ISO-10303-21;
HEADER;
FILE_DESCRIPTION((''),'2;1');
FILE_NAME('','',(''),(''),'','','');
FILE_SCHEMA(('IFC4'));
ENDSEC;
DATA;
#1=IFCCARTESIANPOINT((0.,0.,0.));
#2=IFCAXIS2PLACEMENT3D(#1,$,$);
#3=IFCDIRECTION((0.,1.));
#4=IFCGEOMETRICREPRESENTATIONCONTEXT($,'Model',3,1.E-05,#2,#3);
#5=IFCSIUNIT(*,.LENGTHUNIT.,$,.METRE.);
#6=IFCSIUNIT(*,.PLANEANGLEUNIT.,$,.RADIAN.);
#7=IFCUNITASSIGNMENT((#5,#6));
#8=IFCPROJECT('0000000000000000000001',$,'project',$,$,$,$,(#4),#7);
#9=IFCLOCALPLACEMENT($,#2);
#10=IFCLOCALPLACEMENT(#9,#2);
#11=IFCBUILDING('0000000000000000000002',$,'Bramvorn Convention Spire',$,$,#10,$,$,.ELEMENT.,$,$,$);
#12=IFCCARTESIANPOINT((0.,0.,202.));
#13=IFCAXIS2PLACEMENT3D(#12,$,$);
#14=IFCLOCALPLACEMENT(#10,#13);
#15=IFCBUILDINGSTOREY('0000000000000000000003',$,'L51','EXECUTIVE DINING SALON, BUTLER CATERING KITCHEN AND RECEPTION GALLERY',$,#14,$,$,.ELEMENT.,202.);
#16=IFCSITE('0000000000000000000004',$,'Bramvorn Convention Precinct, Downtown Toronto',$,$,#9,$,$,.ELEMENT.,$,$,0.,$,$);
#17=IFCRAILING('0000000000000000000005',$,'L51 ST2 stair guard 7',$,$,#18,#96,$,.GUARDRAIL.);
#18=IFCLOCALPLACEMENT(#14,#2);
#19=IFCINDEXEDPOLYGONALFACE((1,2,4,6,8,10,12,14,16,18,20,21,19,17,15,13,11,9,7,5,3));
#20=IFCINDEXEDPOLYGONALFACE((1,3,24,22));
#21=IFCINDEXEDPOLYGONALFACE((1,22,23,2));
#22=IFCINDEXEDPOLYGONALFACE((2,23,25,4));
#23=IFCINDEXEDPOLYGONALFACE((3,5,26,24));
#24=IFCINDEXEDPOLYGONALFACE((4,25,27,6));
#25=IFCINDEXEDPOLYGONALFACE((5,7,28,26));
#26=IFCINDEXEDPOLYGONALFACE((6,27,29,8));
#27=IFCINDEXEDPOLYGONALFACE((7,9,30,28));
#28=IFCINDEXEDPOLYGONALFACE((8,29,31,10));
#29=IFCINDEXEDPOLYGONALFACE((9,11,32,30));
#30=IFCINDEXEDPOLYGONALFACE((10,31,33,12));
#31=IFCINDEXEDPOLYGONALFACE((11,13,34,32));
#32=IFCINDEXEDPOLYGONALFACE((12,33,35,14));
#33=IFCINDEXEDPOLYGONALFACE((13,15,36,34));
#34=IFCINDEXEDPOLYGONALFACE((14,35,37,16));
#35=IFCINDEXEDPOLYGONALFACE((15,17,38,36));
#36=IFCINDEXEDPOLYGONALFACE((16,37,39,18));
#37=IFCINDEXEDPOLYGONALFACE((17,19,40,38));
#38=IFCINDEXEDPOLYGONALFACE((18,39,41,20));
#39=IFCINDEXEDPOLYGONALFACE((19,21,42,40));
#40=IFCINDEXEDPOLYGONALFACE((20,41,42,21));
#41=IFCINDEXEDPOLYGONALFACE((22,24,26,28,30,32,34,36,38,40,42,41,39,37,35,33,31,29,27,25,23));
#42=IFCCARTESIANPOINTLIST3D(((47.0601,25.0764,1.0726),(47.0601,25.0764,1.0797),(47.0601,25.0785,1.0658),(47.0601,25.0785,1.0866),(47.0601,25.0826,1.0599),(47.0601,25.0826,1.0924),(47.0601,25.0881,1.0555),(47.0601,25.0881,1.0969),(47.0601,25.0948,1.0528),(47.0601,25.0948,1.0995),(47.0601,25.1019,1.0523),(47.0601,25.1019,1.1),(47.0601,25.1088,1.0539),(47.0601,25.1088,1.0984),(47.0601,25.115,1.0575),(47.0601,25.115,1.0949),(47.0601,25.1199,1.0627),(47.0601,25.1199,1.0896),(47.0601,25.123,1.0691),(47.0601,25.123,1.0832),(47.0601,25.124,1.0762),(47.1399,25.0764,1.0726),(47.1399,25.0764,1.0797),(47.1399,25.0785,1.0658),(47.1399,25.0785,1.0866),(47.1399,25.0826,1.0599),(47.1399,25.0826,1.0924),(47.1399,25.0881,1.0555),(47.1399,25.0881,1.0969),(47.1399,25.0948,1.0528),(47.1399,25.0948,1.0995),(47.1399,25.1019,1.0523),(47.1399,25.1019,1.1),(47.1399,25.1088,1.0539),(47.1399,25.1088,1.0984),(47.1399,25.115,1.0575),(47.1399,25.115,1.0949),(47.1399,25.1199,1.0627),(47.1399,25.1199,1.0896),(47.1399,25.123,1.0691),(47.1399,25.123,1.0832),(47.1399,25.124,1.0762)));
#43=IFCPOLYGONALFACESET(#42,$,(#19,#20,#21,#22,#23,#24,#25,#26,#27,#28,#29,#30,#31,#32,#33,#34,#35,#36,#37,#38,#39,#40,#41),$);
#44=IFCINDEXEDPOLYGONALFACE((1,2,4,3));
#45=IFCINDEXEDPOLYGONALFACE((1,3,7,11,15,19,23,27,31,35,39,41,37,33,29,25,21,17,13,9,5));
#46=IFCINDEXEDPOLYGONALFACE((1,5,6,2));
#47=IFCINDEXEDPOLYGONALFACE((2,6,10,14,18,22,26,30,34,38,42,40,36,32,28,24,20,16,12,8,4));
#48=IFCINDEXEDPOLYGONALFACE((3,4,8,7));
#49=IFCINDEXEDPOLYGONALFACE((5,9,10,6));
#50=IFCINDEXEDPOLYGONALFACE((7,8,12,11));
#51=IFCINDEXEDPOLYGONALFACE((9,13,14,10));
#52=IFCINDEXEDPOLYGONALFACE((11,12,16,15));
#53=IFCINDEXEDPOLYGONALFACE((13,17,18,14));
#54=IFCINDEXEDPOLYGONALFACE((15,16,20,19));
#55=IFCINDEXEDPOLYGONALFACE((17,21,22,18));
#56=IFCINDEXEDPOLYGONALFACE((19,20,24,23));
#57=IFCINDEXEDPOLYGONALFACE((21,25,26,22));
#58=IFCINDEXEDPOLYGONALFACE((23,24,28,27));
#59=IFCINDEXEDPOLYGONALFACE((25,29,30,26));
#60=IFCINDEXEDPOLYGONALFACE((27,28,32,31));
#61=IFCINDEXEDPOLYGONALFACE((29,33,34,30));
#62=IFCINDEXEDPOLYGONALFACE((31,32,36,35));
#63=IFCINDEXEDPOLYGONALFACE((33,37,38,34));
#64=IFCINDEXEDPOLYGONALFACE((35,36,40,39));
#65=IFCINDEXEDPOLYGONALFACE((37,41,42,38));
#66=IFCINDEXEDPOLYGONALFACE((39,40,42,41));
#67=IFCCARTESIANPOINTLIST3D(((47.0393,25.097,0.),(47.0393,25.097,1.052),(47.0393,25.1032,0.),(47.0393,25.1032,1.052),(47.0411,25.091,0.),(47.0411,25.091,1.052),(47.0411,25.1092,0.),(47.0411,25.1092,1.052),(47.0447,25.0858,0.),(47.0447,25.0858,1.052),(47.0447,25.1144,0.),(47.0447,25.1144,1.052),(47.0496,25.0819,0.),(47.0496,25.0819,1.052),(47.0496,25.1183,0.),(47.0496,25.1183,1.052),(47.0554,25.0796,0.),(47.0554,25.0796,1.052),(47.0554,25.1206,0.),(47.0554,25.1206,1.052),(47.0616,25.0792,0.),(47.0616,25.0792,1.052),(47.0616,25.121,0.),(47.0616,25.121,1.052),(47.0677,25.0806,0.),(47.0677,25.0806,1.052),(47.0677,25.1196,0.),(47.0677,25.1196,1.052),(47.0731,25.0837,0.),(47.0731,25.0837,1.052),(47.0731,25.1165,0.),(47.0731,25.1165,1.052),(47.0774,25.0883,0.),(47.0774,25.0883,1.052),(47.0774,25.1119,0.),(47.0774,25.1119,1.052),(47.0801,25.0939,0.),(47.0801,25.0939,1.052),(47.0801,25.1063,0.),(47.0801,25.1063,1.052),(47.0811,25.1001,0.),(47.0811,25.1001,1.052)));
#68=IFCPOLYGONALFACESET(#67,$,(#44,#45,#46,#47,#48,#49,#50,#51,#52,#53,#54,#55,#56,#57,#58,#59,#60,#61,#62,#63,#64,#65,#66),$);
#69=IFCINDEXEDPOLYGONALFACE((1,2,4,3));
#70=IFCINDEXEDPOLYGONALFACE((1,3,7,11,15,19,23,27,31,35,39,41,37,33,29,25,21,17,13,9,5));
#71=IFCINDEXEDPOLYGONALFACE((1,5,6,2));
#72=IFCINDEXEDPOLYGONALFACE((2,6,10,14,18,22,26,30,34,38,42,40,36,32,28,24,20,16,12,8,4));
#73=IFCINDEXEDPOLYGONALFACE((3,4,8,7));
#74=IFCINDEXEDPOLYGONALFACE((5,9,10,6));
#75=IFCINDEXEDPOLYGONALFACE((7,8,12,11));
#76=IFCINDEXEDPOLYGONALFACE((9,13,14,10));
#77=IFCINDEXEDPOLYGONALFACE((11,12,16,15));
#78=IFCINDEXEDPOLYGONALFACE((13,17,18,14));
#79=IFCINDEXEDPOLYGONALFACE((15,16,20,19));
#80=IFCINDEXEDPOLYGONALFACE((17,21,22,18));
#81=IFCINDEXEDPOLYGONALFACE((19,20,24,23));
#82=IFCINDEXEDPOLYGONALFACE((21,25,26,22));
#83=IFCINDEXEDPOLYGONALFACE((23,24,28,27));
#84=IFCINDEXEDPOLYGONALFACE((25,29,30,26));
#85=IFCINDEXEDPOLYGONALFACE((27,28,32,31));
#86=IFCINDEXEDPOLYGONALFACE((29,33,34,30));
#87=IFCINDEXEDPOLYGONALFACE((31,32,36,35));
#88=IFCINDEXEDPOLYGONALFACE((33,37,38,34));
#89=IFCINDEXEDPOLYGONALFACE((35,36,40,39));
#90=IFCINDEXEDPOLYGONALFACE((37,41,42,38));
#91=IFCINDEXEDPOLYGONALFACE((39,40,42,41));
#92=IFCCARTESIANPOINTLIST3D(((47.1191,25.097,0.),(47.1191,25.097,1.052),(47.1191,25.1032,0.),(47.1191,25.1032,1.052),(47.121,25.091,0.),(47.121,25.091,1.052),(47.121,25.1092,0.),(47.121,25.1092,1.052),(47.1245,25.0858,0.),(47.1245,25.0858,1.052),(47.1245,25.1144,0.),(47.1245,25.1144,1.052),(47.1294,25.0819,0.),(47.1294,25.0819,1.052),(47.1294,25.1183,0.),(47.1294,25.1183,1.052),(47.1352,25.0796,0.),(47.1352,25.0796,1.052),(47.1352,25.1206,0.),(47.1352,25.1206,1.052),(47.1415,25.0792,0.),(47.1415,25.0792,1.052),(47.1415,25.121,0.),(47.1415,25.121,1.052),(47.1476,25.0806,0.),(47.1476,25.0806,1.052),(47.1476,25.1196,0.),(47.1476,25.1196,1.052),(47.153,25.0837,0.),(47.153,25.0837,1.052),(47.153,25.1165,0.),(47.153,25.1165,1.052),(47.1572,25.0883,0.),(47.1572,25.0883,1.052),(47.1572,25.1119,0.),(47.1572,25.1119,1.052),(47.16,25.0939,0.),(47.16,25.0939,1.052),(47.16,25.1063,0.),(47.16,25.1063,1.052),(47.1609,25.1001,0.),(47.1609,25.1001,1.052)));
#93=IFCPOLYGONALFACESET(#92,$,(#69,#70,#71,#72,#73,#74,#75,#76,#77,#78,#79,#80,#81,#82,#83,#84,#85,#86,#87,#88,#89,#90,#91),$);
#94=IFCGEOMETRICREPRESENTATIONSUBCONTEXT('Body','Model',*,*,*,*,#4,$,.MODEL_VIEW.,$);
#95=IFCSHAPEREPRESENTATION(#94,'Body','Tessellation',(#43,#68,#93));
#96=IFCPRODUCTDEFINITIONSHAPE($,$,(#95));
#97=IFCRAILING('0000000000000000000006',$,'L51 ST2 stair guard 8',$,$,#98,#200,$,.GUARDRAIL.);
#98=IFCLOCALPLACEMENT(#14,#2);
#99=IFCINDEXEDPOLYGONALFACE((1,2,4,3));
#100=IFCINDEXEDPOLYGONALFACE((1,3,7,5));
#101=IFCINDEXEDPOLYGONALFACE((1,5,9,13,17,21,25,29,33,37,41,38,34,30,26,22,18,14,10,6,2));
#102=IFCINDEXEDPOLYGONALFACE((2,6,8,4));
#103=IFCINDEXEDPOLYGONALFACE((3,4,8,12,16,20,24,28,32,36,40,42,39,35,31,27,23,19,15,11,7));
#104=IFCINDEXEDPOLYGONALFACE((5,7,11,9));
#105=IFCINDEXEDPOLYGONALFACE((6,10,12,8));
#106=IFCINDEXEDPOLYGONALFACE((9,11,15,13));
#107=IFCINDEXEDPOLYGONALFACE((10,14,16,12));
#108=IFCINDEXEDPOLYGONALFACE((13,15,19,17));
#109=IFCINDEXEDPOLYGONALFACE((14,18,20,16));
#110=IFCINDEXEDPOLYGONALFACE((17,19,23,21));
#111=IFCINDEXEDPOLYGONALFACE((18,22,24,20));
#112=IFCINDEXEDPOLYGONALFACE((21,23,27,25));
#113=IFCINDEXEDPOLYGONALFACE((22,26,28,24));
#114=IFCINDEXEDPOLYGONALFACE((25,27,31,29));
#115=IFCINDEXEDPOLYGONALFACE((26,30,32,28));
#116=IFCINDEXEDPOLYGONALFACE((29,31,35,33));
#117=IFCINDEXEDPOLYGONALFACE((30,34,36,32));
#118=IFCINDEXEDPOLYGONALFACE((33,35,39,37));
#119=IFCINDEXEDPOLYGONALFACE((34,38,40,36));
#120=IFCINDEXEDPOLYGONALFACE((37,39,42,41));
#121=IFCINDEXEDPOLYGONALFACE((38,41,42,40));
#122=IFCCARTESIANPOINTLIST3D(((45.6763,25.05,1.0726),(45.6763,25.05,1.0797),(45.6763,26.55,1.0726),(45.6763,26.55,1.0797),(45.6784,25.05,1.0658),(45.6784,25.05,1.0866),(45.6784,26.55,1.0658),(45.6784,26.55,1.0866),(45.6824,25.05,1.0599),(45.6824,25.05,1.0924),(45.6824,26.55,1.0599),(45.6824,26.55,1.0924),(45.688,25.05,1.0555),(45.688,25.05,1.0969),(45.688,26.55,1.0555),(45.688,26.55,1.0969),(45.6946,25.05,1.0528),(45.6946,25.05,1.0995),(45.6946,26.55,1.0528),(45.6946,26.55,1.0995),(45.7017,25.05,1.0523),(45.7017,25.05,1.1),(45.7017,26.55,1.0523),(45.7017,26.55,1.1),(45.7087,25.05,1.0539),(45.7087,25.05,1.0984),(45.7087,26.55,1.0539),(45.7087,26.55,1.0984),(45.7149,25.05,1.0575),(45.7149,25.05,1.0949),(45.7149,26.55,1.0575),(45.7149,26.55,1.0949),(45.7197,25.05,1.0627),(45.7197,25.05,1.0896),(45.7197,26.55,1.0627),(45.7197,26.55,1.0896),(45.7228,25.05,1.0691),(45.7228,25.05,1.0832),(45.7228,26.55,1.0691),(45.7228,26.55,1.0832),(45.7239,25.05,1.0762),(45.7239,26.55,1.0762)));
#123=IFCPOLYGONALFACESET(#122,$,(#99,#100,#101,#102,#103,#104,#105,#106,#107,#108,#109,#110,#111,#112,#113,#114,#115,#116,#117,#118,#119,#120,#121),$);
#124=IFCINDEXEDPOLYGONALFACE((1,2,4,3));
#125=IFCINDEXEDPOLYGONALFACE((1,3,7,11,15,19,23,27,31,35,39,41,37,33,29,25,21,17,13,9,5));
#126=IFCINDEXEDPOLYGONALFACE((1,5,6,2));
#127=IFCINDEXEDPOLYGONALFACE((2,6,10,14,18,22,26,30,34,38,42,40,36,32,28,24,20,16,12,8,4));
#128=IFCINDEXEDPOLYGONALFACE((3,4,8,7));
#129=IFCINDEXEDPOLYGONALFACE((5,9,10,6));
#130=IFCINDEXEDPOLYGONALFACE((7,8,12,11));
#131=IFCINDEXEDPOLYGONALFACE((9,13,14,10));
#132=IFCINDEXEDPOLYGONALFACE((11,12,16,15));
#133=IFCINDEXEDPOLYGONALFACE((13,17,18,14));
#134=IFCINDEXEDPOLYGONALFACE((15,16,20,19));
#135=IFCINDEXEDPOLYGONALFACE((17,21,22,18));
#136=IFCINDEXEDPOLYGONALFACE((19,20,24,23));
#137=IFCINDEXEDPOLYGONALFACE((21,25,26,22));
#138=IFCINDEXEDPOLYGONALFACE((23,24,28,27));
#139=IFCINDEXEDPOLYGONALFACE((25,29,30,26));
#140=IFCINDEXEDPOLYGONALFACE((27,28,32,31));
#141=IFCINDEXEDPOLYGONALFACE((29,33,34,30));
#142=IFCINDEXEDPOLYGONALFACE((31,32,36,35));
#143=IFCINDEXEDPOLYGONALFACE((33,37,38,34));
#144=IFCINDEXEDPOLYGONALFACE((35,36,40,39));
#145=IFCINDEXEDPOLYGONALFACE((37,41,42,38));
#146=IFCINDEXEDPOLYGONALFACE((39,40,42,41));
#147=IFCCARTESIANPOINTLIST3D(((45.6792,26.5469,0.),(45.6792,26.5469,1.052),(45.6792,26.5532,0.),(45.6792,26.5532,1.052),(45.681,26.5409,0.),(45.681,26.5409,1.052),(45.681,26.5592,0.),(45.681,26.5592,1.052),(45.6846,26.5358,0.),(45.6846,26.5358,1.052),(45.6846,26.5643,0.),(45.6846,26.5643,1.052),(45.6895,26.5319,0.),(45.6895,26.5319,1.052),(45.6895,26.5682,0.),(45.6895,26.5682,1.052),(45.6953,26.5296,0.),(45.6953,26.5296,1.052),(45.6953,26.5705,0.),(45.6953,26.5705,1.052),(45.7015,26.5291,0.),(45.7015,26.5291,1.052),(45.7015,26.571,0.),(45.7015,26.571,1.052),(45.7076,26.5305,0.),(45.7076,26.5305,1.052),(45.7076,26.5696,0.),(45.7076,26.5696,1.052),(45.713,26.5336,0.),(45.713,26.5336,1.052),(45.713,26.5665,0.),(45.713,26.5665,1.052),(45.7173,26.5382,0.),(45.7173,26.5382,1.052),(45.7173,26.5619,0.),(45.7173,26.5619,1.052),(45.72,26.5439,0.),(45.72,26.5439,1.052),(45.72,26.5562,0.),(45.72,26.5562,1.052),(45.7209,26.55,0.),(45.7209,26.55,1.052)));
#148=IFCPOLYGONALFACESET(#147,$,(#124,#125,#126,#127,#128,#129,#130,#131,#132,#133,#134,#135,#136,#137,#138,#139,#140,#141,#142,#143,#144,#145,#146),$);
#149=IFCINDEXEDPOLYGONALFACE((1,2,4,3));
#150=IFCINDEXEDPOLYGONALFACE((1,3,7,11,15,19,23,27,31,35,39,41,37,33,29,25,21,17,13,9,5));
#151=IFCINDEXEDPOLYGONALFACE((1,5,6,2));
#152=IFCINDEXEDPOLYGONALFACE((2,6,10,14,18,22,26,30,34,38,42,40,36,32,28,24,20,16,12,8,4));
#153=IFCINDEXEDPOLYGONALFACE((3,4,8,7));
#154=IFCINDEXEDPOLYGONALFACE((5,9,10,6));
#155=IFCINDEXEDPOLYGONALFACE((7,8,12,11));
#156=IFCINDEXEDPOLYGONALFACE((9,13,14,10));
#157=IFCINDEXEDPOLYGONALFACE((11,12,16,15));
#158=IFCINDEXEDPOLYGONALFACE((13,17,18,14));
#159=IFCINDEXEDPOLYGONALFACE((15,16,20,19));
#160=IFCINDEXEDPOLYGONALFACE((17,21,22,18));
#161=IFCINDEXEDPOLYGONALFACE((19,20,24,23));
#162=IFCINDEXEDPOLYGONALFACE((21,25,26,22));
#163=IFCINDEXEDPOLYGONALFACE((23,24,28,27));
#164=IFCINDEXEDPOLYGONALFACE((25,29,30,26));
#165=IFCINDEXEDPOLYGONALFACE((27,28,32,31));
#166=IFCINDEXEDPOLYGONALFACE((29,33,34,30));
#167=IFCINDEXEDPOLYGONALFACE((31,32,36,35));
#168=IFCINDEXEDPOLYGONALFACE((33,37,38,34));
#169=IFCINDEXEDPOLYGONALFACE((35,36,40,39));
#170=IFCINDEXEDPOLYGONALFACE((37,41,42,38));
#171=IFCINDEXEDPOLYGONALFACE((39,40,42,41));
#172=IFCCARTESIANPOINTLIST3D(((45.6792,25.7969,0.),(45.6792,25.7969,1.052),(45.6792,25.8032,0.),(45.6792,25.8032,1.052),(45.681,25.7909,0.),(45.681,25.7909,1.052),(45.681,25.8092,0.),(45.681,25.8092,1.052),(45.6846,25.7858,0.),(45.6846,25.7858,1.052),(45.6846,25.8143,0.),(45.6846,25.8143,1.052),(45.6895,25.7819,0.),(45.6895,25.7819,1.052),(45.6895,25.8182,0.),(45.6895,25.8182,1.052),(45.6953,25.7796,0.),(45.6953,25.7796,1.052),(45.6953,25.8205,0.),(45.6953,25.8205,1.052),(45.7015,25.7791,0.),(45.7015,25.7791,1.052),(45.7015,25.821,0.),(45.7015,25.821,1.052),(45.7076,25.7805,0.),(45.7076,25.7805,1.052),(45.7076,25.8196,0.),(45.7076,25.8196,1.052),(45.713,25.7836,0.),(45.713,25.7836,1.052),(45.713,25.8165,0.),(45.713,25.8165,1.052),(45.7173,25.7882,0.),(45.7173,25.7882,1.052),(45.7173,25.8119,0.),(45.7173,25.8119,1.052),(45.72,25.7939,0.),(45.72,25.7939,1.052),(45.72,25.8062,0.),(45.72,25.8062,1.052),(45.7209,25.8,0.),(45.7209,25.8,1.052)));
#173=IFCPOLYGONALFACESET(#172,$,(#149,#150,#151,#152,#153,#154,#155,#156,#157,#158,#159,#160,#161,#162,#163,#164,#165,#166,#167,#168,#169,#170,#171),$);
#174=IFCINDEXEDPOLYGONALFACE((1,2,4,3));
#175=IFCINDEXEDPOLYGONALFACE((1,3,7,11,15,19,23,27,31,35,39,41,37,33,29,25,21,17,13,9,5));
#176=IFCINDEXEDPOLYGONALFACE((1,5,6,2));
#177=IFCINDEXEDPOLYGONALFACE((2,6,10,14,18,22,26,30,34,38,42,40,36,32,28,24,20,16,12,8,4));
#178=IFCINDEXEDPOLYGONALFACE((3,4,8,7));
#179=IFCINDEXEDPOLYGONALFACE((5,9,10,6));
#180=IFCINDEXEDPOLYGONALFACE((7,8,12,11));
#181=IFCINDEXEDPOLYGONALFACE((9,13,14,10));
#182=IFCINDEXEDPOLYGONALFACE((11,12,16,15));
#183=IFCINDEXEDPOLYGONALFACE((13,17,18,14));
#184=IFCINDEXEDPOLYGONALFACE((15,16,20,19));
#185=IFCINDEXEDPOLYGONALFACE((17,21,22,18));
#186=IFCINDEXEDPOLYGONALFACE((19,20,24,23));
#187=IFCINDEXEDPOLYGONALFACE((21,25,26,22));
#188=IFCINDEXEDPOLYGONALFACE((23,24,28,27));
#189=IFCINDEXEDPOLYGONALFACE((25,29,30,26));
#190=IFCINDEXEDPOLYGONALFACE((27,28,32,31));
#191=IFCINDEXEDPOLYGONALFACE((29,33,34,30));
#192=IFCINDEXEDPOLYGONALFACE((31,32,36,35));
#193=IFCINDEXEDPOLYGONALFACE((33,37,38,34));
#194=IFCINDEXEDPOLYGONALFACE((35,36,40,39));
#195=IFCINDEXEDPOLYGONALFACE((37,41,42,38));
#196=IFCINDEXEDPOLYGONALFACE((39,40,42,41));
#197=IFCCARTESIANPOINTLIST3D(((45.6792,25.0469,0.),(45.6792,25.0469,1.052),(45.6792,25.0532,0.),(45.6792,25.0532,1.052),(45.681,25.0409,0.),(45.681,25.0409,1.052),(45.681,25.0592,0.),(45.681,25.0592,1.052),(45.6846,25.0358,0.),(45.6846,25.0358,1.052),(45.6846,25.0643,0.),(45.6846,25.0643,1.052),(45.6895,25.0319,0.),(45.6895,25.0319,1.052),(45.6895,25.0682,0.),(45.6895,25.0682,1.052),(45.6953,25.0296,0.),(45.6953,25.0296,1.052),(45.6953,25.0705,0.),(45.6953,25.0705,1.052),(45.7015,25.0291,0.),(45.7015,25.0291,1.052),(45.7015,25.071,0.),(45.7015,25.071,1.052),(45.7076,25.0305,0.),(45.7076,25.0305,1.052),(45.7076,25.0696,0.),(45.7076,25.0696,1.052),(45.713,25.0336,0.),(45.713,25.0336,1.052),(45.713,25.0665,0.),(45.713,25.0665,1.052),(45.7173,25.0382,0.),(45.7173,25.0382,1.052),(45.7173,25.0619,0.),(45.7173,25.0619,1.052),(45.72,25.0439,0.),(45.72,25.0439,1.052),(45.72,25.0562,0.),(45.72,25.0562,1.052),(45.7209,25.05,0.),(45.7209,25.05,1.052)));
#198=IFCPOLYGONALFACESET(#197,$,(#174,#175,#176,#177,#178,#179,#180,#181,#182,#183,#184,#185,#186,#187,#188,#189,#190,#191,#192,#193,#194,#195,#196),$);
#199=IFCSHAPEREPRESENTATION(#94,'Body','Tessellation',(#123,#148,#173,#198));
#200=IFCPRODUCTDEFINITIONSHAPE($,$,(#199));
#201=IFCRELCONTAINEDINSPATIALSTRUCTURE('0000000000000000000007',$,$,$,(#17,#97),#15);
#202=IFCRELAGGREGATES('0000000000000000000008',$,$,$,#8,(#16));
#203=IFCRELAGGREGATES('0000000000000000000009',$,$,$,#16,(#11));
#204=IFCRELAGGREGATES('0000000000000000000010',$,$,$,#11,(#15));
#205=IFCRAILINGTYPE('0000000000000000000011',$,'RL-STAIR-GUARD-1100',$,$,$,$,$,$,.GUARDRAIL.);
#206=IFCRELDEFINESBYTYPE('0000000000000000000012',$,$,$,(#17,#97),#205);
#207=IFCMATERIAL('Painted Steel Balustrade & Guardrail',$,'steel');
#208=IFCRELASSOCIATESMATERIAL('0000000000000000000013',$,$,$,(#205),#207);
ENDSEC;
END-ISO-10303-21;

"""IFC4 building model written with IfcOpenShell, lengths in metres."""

from ifc_helpers import new_model, si_unit, direction, frame, origin, origin_2d, place, context, subcontext, project, spatial, circle, extrude, material, type_object, element, save


model = new_model("IFC4")

# Units and contexts
model_context = context("Model", 3, precision=1e-05, world=origin(), true_north=direction((0.0, 1.0)))
body_context = subcontext(model_context, "Body", "Model", "MODEL_VIEW")
ifc_project = project(units=[si_unit("LENGTHUNIT", "METRE"), si_unit("PLANEANGLEUNIT", "RADIAN")], contexts=[model_context])

# Site, building, storey
site_placement = place(None, origin())
site = spatial("IfcSite", under=ifc_project, at=site_placement, Name="Bramvorn Convention Precinct, Downtown Toronto", CompositionType="ELEMENT", RefElevation=0.0)
building_placement = place(site_placement, origin())
building = spatial("IfcBuilding", under=site, at=building_placement, Name="Bramvorn Convention Spire", CompositionType="ELEMENT")
storey_placement = place(building_placement, frame((0.0, 0.0, 202.0)))
storey = spatial("IfcBuildingStorey", under=building, at=storey_placement, Name="L51", Description="EXECUTIVE DINING SALON, BUTLER CATERING KITCHEN AND RECEPTION GALLERY", CompositionType="ELEMENT", Elevation=202.0)

# Railings
ifc_material_1 = material(Name="Painted Steel Balustrade & Guardrail", Category="steel")
railing_type_1 = type_object("IfcRailingType", Name="RL-STAIR-GUARD-1100", PredefinedType="GUARDRAIL", material=ifc_material_1)
railing_1_placement = place(storey_placement, frame((47.0601, 25.1001, 0.0)))
element("IfcRailing", 1, at=railing_1_placement, inside=storey, type_object=railing_type_1, Name="L51 ST2 stair guard 7", PredefinedType="GUARDRAIL", context=body_context, shape_type="SweptSolid", body=[
    extrude(circle(Radius=0.0239, at=origin_2d()), frame((0.0, 0.0, 1.0762), z_axis=(1.0, 0.0, 0.0), x_axis=(0.0, 1.0, 0.0)), (0.0, 0.0, 1.0), 0.0798),
    extrude(circle(Radius=0.021, at=origin_2d()), origin(), (0.0, 0.0, 1.0), 1.052),
    extrude(circle(Radius=0.021, at=origin_2d()), frame((0.0798, 0.0, 0.0)), (0.0, 0.0, 1.0), 1.052),
])
for number, where, name in (
    (2, (45.7, 26.55, 0.0), "L51 ST2 stair guard 8"),
):
    element("IfcRailing", number, at=place(storey_placement, frame(where)), inside=storey, type_object=railing_type_1, Name=name, PredefinedType="GUARDRAIL", context=body_context, shape_type="SweptSolid", body=[
        extrude(circle(Radius=0.0239, at=origin_2d()), frame((0.0, 0.0, 1.0762), z_axis=(0.0, -1.0, 0.0), x_axis=(1.0, 0.0, 0.0)), (0.0, 0.0, 1.0), 1.5),
        extrude(circle(Radius=0.021, at=origin_2d()), origin(), (0.0, 0.0, 1.0), 1.052),
        extrude(circle(Radius=0.021, at=origin_2d()), frame((0.0, -0.75, 0.0)), (0.0, 0.0, 1.0), 1.052),
        extrude(circle(Radius=0.021, at=origin_2d()), frame((0.0, -1.5, 0.0)), (0.0, 0.0, 1.0), 1.052),
    ])

save(model, "model.ifc")
